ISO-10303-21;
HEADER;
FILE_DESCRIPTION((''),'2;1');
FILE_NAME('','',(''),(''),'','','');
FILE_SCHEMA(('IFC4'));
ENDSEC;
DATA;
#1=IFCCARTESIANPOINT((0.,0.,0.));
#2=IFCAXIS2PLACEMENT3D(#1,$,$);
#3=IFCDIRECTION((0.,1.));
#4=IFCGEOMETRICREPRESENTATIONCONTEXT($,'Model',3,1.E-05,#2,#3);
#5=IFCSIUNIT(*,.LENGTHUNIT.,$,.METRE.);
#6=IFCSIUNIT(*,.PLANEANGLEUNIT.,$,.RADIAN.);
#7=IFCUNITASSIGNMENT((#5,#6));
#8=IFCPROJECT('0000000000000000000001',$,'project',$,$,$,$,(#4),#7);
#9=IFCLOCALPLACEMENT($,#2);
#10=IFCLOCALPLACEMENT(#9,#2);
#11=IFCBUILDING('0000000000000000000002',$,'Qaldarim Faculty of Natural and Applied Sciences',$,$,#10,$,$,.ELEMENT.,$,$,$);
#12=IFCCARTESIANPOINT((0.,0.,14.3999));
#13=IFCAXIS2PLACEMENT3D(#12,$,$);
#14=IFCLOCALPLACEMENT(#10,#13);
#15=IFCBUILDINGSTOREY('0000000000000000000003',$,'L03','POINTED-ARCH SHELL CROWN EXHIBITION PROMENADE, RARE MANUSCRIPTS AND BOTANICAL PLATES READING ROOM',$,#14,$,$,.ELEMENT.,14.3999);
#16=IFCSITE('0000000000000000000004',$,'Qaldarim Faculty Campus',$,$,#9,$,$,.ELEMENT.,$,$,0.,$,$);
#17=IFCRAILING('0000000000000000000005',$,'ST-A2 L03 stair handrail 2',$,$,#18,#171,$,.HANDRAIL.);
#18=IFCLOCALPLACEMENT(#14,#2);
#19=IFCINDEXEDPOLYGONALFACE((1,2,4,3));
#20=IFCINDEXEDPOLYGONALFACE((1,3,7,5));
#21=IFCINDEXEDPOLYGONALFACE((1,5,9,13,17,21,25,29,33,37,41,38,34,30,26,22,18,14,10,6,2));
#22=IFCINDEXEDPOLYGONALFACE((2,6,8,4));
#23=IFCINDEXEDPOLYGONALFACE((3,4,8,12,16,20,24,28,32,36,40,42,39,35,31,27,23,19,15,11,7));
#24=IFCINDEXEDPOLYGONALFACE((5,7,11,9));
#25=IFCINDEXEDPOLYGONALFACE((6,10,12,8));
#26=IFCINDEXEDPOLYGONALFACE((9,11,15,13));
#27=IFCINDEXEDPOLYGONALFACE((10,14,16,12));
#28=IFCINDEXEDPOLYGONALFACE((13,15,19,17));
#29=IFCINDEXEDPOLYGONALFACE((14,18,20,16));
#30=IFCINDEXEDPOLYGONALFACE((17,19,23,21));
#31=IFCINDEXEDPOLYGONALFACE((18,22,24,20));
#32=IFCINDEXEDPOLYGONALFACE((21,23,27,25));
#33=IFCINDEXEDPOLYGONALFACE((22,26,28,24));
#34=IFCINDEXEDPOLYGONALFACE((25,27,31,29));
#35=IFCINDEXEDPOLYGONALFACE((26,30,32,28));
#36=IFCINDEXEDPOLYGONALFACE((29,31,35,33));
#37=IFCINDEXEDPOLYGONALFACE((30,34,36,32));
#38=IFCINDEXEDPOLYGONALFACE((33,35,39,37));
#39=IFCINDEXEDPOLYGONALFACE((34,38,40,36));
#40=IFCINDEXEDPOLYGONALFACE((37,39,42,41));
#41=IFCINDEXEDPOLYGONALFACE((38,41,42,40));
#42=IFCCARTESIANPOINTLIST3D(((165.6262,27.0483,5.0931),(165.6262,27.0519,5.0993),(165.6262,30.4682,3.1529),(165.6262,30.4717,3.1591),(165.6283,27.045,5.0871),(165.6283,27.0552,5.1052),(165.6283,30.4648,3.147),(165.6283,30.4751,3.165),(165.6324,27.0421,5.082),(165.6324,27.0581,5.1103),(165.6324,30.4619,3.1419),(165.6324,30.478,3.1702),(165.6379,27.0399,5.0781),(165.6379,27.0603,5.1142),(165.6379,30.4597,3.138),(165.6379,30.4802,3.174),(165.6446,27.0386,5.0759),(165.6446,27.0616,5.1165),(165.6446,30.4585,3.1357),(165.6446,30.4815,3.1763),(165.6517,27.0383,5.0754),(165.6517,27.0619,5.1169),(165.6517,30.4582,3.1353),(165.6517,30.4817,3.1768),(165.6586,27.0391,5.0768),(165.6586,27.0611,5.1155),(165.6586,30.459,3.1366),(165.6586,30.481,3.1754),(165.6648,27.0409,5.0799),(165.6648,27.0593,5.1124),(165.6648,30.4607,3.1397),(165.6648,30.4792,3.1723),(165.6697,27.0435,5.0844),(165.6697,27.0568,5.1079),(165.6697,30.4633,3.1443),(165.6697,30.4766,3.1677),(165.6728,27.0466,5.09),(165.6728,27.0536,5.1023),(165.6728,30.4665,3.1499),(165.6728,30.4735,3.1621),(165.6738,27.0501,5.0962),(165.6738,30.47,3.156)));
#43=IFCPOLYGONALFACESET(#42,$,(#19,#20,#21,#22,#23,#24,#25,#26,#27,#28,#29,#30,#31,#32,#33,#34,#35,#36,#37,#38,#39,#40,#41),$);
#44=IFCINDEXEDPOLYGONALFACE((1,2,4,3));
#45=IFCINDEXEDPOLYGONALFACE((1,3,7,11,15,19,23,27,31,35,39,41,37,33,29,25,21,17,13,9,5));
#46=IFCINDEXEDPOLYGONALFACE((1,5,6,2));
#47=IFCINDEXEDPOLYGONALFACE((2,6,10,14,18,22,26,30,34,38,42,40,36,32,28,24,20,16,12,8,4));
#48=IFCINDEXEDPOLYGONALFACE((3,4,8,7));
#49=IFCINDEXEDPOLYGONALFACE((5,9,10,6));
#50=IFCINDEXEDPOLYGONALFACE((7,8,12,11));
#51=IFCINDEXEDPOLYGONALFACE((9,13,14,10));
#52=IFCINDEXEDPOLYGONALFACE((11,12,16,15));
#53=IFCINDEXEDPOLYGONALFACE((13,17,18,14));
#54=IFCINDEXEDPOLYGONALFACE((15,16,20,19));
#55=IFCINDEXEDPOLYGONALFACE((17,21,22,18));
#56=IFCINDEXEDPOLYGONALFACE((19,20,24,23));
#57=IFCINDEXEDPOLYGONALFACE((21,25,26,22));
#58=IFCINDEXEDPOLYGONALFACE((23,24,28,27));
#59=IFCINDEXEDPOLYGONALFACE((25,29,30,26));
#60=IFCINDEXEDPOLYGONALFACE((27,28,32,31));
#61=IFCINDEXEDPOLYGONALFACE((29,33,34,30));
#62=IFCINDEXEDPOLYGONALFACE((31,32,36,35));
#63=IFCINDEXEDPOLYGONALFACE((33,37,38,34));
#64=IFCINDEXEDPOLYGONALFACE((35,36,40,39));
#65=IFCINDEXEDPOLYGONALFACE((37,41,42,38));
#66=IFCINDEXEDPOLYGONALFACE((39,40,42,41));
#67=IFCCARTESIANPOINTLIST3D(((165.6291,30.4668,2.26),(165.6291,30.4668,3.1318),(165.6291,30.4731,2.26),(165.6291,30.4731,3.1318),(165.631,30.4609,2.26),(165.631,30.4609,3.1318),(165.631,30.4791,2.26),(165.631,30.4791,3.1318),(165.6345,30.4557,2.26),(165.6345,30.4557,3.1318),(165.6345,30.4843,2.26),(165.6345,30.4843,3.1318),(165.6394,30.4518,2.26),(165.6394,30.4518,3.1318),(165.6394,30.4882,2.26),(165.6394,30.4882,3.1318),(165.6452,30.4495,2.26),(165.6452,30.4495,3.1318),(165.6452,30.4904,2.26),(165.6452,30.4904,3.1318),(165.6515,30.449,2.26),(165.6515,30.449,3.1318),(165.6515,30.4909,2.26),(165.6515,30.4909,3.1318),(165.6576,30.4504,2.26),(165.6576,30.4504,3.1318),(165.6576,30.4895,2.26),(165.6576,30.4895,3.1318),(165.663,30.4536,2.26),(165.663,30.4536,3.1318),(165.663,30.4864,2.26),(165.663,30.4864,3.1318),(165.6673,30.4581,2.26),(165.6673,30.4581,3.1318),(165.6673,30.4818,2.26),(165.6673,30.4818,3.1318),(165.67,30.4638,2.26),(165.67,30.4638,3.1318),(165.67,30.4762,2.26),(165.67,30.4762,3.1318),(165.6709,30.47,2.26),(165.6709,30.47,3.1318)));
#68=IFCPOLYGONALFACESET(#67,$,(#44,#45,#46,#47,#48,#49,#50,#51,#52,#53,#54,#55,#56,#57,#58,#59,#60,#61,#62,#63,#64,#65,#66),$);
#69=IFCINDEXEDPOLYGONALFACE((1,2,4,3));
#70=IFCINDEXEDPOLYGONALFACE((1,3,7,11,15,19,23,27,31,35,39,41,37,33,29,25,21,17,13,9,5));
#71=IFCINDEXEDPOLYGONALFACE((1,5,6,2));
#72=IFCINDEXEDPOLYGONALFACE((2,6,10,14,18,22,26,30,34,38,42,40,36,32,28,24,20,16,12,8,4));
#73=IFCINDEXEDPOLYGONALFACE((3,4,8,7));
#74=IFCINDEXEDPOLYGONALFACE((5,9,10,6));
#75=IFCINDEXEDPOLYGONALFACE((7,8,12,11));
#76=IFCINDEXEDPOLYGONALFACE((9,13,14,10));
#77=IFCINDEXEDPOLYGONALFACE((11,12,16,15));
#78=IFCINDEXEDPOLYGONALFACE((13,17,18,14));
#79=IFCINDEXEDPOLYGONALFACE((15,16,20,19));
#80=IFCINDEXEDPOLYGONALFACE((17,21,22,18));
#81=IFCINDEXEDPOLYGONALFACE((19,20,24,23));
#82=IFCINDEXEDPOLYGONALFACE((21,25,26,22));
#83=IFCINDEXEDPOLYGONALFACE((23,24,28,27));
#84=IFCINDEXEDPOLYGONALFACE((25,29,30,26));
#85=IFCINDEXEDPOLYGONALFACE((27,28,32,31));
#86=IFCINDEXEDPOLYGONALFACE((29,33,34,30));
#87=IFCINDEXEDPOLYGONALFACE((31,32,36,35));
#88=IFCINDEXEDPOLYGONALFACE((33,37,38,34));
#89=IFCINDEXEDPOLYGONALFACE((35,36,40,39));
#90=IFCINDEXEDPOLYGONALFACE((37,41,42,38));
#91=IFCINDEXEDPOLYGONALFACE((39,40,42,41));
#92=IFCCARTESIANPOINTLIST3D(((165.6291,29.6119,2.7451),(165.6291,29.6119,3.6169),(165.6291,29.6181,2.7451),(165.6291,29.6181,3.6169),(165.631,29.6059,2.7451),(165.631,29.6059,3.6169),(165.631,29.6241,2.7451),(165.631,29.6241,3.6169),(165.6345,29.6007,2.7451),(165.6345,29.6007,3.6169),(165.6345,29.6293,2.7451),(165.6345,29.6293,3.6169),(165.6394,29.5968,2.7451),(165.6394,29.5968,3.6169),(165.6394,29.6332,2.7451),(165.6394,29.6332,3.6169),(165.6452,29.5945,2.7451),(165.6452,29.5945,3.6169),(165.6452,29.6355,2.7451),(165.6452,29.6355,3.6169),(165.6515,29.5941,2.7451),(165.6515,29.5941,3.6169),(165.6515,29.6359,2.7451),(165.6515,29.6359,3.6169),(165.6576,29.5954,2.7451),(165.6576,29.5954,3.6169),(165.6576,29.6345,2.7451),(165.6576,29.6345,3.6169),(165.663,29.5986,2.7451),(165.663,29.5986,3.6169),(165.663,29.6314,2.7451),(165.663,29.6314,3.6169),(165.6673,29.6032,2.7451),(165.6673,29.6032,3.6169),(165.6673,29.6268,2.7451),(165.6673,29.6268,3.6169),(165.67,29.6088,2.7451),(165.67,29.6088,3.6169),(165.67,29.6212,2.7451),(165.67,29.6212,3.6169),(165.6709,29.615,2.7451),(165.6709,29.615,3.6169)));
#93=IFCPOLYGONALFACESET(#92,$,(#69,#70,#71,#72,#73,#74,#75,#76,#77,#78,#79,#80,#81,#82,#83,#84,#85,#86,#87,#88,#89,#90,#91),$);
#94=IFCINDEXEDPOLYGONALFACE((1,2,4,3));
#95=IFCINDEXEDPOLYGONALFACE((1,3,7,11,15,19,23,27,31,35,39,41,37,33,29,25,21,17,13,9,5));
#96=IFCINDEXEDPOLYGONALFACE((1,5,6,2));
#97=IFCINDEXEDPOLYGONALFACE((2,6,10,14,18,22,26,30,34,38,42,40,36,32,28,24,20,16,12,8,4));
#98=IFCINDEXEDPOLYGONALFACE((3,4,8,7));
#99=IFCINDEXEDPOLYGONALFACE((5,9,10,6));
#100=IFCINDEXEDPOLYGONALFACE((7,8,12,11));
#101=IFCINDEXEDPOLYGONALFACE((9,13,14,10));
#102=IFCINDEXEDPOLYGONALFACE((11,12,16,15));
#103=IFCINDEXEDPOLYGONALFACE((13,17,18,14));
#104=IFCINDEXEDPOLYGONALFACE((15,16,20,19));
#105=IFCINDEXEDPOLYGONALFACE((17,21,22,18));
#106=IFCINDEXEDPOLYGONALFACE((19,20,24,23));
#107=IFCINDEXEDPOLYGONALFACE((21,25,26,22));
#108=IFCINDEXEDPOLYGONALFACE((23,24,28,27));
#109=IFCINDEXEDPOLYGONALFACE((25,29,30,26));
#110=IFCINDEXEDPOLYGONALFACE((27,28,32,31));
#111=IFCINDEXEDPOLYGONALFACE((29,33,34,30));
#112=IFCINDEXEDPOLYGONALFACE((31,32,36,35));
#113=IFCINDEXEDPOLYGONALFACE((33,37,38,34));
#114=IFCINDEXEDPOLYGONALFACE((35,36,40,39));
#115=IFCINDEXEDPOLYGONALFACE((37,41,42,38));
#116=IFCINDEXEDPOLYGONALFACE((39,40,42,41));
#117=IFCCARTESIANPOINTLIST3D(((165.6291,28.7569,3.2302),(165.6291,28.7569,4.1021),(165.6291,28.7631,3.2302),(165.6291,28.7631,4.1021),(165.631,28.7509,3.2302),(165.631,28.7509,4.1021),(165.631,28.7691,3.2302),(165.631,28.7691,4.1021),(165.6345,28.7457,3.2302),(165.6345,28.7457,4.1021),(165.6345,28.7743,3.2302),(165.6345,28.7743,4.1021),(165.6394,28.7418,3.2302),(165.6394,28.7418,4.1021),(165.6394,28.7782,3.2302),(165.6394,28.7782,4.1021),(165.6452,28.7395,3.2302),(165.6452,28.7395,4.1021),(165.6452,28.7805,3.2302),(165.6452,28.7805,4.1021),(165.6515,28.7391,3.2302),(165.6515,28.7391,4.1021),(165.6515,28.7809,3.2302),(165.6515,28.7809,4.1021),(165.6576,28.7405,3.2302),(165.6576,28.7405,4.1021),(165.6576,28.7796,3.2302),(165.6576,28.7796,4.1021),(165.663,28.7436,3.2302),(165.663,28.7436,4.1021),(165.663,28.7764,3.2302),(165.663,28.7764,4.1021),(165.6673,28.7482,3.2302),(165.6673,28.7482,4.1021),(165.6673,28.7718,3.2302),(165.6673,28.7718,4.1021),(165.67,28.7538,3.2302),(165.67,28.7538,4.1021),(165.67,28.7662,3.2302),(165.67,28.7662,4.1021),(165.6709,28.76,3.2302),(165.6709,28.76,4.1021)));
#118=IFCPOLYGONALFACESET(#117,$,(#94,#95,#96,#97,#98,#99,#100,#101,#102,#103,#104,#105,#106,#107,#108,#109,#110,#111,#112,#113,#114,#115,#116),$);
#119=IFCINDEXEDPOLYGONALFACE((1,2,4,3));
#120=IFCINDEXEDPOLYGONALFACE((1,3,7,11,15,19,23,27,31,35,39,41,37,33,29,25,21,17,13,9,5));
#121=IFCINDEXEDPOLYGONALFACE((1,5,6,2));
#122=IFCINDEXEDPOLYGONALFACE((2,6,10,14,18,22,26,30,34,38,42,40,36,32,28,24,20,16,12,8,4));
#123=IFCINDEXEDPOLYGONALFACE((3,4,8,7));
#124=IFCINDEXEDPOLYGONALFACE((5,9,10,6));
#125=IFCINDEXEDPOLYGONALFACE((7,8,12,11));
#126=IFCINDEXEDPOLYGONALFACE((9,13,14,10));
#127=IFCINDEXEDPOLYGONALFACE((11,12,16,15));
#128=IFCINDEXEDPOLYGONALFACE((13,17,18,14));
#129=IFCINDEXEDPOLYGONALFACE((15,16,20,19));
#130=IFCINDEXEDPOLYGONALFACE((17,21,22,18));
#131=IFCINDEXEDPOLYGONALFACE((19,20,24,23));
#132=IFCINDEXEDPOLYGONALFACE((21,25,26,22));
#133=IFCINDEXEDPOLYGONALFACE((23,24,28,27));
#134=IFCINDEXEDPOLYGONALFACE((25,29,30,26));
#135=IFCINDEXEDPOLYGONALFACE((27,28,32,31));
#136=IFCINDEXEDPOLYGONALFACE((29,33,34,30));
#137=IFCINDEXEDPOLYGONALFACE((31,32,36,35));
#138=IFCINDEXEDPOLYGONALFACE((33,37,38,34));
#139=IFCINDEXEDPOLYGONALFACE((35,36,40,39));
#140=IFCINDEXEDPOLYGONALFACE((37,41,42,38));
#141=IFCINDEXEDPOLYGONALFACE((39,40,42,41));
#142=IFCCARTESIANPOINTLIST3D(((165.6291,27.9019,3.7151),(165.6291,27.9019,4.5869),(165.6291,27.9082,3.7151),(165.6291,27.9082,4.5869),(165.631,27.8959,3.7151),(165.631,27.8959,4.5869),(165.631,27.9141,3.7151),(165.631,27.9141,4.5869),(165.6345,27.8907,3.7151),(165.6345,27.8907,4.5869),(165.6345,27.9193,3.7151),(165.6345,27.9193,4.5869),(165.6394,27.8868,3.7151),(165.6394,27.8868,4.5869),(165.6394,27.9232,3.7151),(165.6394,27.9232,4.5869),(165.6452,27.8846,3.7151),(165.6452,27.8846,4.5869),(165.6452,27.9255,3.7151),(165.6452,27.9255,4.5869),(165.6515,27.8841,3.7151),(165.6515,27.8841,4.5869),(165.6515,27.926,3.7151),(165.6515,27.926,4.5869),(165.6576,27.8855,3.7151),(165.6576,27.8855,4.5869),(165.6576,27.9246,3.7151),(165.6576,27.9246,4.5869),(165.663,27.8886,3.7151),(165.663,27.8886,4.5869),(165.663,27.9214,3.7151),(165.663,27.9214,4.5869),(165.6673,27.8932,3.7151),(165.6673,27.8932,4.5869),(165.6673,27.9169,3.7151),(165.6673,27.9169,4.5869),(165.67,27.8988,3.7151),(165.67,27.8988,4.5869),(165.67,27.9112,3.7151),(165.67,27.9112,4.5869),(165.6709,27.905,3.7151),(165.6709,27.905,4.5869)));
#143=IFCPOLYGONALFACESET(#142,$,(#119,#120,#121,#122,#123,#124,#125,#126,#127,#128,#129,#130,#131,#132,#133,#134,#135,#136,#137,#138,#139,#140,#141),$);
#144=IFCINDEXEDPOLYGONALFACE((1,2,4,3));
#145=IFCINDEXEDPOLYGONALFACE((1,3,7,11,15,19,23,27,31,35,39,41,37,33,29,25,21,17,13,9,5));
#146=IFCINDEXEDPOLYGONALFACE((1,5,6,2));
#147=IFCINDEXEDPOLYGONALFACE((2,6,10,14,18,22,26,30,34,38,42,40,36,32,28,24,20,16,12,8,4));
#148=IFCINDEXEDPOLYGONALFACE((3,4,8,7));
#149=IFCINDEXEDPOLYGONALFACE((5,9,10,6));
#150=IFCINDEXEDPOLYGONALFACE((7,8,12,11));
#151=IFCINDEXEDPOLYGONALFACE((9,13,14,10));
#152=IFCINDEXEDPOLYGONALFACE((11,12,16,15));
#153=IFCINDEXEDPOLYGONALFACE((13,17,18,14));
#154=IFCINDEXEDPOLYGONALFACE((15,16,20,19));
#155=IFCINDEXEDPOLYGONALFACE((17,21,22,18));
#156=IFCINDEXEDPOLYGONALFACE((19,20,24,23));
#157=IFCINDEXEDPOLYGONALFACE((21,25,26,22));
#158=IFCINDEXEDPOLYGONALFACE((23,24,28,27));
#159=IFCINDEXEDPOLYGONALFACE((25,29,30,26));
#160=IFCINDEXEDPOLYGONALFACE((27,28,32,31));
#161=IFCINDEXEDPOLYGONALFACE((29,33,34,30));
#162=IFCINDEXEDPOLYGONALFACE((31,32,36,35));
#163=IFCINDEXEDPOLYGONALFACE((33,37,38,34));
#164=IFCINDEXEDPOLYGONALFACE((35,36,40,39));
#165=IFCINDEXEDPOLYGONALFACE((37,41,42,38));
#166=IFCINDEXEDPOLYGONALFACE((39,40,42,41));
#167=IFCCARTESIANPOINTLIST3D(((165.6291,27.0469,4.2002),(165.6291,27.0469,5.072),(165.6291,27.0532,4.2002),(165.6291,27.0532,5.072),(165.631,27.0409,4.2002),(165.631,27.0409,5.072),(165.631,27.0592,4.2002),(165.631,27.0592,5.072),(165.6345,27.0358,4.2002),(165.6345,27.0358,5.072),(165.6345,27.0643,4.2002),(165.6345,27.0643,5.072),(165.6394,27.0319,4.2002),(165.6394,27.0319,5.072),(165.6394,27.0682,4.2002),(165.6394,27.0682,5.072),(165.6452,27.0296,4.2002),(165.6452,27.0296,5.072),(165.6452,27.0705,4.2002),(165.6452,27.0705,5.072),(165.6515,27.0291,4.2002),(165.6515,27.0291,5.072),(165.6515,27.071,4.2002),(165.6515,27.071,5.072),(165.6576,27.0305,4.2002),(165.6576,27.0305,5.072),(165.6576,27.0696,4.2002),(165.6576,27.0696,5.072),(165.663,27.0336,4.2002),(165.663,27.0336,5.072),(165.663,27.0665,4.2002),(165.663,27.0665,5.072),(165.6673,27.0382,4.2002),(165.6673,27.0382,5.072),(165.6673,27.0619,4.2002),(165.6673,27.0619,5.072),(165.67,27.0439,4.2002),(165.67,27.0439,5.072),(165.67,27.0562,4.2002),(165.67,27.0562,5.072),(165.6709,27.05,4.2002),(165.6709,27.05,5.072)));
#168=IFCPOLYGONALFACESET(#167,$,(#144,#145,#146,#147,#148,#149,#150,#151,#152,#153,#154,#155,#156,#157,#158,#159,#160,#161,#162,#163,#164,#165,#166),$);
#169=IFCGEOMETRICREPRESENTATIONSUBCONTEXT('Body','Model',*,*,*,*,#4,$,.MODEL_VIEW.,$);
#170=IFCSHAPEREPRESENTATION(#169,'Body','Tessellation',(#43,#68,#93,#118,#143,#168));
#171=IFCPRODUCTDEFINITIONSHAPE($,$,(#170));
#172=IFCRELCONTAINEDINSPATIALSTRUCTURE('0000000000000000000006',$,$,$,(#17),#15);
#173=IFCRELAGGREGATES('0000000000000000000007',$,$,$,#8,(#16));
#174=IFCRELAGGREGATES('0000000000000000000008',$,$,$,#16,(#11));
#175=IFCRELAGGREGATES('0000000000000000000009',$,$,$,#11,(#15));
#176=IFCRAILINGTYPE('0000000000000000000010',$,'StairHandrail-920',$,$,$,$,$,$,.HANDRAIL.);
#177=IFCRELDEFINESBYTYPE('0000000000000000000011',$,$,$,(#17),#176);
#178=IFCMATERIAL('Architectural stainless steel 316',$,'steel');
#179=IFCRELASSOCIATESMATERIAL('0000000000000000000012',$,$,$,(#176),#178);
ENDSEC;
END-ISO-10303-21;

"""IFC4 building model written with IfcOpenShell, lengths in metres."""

from ifc_helpers import new_model, si_unit, direction, frame, origin, origin_2d, place, context, subcontext, project, spatial, circle, extrude, material, type_object, element, save


model = new_model("IFC4")

# Units and contexts
model_context = context("Model", 3, precision=1e-05, world=origin(), true_north=direction((0.0, 1.0)))
body_context = subcontext(model_context, "Body", "Model", "MODEL_VIEW")
ifc_project = project(units=[si_unit("LENGTHUNIT", "METRE"), si_unit("PLANEANGLEUNIT", "RADIAN")], contexts=[model_context])

# Site, building, storey
site_placement = place(None, origin())
site = spatial("IfcSite", under=ifc_project, at=site_placement, Name="Qaldarim Faculty Campus", CompositionType="ELEMENT", RefElevation=0.0)
building_placement = place(site_placement, origin())
building = spatial("IfcBuilding", under=site, at=building_placement, Name="Qaldarim Faculty of Natural and Applied Sciences", CompositionType="ELEMENT")
storey_placement = place(building_placement, frame((0.0, 0.0, 14.3999)))
storey = spatial("IfcBuildingStorey", under=building, at=storey_placement, Name="L03", Description="POINTED-ARCH SHELL CROWN EXHIBITION PROMENADE, RARE MANUSCRIPTS AND BOTANICAL PLATES READING ROOM", CompositionType="ELEMENT", Elevation=14.3999)

# Shared definitions
ifc_material_1 = material(Name="Architectural stainless steel 316", Category="steel")

# Railing
railing_type_1 = type_object("IfcRailingType", Name="StairHandrail-920", PredefinedType="HANDRAIL", material=ifc_material_1)
railing_1_placement = place(storey_placement, frame((165.6499, 30.47, 2.26)))
element("IfcRailing", 1, at=railing_1_placement, inside=storey, type_object=railing_type_1, Name="ST-A2 L03 stair handrail 2", PredefinedType="HANDRAIL", context=body_context, shape_type="SweptSolid", body=[
    extrude(circle(Radius=0.0239, at=origin_2d()), frame((0.0, 0.0, 0.896), z_axis=(0.0, -0.869779, 0.493442), x_axis=(1.0, 0.0, 0.0)), (0.0, 0.0, 1.0), 3.9319),
    extrude(circle(Radius=0.021, at=origin_2d()), origin(), (0.0, 0.0, 1.0), 0.8718),
    extrude(circle(Radius=0.021, at=origin_2d()), frame((0.0, -0.855, 0.4851)), (0.0, 0.0, 1.0), 0.8718),
    extrude(circle(Radius=0.021, at=origin_2d()), frame((0.0, -1.71, 0.9702)), (0.0, 0.0, 1.0), 0.8718),
    extrude(circle(Radius=0.021, at=origin_2d()), frame((0.0, -2.5649, 1.4551)), (0.0, 0.0, 1.0), 0.8718),
    extrude(circle(Radius=0.021, at=origin_2d()), frame((0.0, -3.4199, 1.9402)), (0.0, 0.0, 1.0), 0.8718),
])

save(model, "model.ifc")
